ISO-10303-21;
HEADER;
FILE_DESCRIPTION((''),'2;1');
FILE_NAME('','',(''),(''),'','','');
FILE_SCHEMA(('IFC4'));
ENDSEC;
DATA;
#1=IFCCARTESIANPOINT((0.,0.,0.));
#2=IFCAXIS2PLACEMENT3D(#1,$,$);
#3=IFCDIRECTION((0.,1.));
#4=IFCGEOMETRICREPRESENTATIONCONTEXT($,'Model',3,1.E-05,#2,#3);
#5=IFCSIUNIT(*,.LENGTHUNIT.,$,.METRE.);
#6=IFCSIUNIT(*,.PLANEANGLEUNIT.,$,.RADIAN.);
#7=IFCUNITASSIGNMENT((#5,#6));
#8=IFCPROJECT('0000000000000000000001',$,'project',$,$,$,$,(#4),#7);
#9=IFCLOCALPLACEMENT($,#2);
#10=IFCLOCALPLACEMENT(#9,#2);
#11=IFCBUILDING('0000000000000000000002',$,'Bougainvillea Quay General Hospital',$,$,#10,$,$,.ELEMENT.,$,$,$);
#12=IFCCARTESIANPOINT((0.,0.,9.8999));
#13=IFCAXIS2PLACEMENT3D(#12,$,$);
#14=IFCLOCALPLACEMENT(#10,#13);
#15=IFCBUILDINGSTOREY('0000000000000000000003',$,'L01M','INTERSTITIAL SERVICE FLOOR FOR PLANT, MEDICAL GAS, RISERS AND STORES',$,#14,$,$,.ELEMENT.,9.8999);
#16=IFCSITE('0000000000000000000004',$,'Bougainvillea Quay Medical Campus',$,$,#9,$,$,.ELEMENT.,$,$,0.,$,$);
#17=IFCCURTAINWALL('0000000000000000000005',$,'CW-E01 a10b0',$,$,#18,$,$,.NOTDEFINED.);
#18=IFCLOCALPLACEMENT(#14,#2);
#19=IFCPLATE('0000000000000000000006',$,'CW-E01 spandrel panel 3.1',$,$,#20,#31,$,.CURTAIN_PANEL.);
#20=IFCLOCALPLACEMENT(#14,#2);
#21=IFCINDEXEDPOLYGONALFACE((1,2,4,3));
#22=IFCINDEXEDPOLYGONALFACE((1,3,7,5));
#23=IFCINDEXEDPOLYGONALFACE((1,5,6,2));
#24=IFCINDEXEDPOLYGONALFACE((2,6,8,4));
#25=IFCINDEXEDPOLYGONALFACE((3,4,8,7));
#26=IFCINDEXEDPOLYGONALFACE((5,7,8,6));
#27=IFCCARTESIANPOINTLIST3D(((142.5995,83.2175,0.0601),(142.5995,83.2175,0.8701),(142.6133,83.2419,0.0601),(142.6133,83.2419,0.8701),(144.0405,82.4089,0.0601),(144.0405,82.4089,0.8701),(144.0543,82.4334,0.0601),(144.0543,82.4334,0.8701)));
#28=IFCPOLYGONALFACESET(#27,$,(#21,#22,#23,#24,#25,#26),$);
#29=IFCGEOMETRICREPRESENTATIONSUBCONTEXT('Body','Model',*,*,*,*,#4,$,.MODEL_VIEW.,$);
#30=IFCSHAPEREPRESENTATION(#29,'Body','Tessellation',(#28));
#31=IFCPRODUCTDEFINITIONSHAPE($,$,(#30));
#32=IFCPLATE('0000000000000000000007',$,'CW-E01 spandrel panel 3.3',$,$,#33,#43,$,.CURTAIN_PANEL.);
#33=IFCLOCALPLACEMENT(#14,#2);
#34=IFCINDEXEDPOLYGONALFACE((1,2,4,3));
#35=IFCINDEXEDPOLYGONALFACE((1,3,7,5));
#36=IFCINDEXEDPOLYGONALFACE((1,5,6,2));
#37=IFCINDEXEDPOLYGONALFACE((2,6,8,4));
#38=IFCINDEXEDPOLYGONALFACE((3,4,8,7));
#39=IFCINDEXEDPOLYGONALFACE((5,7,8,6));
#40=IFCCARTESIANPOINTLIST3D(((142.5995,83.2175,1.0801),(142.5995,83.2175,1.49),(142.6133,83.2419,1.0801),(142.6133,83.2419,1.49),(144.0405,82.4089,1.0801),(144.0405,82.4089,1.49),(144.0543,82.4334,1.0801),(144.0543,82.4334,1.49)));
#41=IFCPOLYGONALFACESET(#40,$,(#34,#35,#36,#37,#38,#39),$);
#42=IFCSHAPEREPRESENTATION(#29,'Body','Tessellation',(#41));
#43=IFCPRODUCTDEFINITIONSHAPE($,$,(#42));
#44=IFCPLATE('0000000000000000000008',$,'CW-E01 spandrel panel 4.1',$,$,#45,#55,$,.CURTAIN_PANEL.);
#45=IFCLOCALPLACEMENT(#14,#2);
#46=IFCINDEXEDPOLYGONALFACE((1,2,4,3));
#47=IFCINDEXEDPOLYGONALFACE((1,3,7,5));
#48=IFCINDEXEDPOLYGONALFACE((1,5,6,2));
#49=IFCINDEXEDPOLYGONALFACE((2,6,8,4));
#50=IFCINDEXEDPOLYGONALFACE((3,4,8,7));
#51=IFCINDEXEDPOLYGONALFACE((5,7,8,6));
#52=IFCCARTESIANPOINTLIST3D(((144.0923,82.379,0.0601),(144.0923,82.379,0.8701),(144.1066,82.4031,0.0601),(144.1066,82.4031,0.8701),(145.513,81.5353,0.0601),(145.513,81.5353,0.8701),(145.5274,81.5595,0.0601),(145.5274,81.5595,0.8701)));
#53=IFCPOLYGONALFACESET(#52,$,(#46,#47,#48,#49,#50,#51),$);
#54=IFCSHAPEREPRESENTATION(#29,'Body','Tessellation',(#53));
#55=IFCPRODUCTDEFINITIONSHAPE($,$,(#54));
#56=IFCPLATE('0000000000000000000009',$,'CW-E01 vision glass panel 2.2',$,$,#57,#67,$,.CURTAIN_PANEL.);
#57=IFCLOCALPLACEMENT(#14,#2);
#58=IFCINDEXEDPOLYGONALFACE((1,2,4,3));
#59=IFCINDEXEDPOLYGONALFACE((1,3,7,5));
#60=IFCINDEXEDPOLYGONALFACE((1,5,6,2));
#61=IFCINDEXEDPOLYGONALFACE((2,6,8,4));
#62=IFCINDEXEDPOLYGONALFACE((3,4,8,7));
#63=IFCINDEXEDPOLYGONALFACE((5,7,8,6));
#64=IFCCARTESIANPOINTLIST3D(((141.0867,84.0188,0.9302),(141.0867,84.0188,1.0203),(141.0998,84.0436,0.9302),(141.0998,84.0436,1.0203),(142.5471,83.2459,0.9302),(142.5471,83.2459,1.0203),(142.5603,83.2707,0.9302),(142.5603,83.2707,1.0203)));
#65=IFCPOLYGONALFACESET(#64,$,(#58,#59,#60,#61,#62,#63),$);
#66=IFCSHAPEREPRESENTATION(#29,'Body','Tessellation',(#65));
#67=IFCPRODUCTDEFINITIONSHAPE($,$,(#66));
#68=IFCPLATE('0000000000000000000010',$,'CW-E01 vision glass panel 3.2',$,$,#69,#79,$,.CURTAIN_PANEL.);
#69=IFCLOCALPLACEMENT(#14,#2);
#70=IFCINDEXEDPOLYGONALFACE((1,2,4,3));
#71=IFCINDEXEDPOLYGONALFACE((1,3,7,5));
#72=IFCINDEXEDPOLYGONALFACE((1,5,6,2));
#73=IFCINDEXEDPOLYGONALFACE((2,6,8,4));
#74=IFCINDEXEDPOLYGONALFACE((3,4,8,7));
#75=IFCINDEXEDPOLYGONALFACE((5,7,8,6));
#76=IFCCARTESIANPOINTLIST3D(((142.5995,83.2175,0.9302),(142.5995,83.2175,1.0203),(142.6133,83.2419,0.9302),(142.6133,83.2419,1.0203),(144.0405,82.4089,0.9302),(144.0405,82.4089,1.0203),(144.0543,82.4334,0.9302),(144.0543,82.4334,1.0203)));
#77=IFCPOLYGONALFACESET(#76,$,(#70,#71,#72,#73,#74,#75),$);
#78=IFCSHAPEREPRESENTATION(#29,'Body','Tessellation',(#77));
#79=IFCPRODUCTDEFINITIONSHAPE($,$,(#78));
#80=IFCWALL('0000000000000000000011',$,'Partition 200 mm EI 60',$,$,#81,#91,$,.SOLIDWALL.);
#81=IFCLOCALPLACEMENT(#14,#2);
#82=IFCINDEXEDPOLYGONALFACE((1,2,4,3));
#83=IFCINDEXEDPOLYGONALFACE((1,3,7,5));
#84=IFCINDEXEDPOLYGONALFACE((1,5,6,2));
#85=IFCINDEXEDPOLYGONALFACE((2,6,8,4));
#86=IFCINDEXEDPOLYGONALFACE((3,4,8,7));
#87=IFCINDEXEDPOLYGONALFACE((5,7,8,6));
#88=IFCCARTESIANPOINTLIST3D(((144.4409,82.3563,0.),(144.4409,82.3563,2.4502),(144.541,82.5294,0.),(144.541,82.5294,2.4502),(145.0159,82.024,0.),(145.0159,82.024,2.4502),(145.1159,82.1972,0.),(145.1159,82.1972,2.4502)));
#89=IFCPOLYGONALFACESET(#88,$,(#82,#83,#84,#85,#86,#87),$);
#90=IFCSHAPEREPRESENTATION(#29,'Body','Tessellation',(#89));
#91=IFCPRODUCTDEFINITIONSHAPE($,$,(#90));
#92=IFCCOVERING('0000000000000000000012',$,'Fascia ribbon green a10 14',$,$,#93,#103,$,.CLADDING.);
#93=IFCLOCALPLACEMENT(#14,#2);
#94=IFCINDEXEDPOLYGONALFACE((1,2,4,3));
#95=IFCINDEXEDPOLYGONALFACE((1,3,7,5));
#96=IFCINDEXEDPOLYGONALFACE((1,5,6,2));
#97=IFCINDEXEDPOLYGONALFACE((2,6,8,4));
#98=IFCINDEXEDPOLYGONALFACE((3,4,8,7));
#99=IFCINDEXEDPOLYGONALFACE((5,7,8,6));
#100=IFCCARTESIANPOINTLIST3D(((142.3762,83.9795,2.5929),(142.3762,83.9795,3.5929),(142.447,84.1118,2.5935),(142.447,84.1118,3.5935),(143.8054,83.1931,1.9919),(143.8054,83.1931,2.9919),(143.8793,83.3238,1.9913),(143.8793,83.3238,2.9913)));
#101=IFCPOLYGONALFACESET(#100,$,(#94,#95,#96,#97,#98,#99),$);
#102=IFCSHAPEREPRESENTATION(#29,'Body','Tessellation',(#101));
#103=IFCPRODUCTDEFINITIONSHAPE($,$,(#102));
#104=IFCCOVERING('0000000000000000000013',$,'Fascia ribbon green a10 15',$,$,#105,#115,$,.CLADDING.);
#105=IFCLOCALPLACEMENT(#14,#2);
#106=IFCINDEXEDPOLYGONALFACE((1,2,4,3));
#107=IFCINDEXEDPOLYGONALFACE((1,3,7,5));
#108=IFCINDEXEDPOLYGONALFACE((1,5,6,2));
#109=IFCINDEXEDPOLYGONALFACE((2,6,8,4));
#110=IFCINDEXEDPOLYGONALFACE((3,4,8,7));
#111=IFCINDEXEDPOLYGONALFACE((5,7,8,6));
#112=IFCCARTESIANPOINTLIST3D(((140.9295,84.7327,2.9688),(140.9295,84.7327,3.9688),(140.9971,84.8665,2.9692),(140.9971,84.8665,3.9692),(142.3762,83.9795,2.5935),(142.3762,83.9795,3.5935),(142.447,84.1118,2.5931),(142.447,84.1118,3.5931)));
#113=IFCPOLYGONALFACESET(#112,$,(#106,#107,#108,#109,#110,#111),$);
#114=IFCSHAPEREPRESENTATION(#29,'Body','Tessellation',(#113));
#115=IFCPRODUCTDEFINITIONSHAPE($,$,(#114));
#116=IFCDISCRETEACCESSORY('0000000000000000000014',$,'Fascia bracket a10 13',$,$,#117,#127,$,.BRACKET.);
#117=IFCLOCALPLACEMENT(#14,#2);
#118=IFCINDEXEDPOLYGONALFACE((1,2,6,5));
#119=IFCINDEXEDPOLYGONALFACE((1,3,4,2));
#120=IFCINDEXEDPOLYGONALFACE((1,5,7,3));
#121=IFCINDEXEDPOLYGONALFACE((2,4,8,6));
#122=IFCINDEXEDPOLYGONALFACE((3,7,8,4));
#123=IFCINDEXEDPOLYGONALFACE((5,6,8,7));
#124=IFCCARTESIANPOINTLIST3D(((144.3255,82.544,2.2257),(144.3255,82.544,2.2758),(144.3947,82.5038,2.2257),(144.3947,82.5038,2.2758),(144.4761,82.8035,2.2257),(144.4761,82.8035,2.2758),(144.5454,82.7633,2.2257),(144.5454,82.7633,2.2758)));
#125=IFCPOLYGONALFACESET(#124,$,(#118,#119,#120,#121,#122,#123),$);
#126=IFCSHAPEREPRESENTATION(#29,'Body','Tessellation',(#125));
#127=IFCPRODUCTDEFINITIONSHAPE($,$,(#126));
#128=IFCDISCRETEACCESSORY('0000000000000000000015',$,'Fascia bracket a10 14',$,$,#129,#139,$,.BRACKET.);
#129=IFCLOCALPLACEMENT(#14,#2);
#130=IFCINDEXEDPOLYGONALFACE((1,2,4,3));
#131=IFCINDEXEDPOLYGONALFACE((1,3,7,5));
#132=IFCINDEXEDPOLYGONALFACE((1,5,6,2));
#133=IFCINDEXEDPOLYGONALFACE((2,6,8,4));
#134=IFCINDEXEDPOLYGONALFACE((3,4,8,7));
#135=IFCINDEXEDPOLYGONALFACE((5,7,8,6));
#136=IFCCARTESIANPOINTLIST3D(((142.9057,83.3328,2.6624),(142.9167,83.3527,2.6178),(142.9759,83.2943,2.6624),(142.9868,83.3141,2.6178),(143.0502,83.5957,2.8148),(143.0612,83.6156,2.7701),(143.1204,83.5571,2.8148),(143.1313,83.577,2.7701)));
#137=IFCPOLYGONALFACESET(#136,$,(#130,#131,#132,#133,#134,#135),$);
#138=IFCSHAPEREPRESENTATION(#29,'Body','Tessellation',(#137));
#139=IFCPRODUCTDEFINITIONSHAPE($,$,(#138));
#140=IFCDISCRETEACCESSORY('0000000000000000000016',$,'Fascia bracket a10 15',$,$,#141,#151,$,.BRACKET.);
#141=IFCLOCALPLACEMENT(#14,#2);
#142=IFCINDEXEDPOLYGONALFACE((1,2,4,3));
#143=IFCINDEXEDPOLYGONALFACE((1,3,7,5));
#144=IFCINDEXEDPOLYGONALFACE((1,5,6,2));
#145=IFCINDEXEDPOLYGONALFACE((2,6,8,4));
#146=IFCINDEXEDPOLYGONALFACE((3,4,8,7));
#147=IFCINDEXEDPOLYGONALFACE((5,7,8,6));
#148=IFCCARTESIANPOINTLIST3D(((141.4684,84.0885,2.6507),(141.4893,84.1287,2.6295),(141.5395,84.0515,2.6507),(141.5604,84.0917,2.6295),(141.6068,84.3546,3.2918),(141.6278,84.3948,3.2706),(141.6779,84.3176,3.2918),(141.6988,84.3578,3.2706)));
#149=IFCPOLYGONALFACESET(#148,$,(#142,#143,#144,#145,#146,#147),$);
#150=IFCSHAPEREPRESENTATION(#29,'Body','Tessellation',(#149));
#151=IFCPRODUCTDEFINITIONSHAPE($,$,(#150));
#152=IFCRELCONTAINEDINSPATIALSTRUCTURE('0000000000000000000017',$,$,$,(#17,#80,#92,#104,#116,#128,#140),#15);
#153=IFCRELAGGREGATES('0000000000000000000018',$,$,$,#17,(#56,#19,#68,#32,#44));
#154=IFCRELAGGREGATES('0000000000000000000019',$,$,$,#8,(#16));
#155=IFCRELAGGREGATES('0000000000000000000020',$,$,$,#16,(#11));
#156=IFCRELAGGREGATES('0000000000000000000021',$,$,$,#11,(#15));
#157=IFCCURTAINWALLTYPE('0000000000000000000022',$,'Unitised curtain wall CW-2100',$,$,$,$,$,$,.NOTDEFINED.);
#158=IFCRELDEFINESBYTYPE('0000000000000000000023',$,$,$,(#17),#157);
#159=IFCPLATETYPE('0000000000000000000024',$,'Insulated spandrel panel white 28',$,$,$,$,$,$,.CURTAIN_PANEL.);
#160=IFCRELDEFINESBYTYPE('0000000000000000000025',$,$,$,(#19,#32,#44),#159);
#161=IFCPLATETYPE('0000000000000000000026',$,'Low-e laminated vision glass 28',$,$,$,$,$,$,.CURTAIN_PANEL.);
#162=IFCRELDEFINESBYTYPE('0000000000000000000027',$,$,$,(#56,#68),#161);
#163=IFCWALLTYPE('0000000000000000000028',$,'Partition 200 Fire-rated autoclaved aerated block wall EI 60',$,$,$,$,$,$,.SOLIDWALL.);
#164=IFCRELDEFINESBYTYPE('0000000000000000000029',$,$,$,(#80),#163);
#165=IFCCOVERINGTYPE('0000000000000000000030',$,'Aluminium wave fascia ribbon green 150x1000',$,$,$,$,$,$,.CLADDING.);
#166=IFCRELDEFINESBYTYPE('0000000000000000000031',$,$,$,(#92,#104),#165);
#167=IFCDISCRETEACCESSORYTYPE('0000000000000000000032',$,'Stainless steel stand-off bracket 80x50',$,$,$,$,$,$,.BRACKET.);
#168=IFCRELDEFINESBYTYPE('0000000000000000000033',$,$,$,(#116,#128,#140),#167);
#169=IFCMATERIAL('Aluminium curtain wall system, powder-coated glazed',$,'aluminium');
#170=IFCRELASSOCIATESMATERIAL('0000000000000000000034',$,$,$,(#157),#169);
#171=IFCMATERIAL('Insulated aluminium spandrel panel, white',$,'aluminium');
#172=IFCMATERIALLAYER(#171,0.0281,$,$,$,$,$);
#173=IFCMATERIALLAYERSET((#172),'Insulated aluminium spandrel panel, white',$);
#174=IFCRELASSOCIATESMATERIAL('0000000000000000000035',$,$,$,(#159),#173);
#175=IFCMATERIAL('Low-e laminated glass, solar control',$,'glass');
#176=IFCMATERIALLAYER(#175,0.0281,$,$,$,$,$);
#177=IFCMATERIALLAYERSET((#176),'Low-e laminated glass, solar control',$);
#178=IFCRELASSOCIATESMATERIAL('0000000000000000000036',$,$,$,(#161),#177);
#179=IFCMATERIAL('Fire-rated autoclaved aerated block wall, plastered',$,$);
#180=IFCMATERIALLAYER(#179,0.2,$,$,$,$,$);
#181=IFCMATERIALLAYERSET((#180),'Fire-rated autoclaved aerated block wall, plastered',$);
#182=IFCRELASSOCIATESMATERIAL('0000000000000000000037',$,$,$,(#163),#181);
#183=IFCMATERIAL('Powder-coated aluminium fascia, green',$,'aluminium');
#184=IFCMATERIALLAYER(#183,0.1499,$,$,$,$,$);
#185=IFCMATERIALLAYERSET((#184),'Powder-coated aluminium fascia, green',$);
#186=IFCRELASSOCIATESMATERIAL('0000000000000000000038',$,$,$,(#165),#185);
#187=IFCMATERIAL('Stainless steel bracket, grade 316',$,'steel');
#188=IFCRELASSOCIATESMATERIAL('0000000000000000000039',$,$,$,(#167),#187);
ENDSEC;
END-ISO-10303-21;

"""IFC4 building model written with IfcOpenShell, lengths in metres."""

from ifc_helpers import new_model, si_unit, direction, frame, frame_2d, origin, origin_2d, place, context, subcontext, project, spatial, polyline, rectangle, outline, extrude, material, layer, layer_set, material_profile, profile_set, type_object, element, aggregate, save


model = new_model("IFC4")

# Units and contexts
model_context = context("Model", 3, precision=1e-05, world=origin(), true_north=direction((0.0, 1.0)))
body_context = subcontext(model_context, "Body", "Model", "MODEL_VIEW")
ifc_project = project(units=[si_unit("LENGTHUNIT", "METRE"), si_unit("PLANEANGLEUNIT", "RADIAN")], contexts=[model_context])

# Site, building, storey
site_placement = place(None, origin())
site = spatial("IfcSite", under=ifc_project, at=site_placement, Name="Bougainvillea Quay Medical Campus", CompositionType="ELEMENT", RefElevation=0.0)
building_placement = place(site_placement, origin())
building = spatial("IfcBuilding", under=site, at=building_placement, Name="Bougainvillea Quay General Hospital", CompositionType="ELEMENT")
storey_placement = place(building_placement, frame((0.0, 0.0, 9.8999)))
storey = spatial("IfcBuildingStorey", under=building, at=storey_placement, Name="L01M", Description="INTERSTITIAL SERVICE FLOOR FOR PLANT, MEDICAL GAS, RISERS AND STORES", CompositionType="ELEMENT", Elevation=9.8999)

# Curtain wall, plates
ifc_material_1 = material(Name="Aluminium curtain wall system, powder-coated glazed", Category="aluminium")
curtain_wall_type = type_object("IfcCurtainWallType", Name="Unitised curtain wall CW-2100", PredefinedType="NOTDEFINED", material=ifc_material_1)
curtain_wall_placement = place(storey_placement, origin())
curtain_wall = element("IfcCurtainWall", 1, at=curtain_wall_placement, inside=storey, type_object=curtain_wall_type, Name="CW-E01 a10b0", PredefinedType="NOTDEFINED")
ifc_material_2 = material(Name="Insulated aluminium spandrel panel, white", Category="aluminium")
ifc_layer_1 = layer(ifc_material_2, 0.0281)
ifc_layer_set_1 = layer_set([ifc_layer_1], Name="Insulated aluminium spandrel panel, white")
plate_type_1 = type_object("IfcPlateType", Name="Insulated spandrel panel white 28", PredefinedType="CURTAIN_PANEL", material=ifc_layer_set_1)
plate_1_placement = place(storey_placement, frame((143.3269, 82.8254, 0.0601), z_axis=(0.0, 0.0, 1.0), x_axis=(0.87211, -0.48931, 0.0)))
plate_1 = element("IfcPlate", 2, at=plate_1_placement, type_object=plate_type_1, Name="CW-E01 spandrel panel 3.1", PredefinedType="CURTAIN_PANEL", context=body_context, shape_type="SweptSolid", body=[
    extrude(rectangle(XDim=1.6523, YDim=0.0281, at=origin_2d()), origin(), (0.0, 0.0, 1.0), 0.8101),
])
plate_2_placement = place(storey_placement, frame((143.3269, 82.8254, 1.0801), z_axis=(0.0, 0.0, 1.0), x_axis=(0.87211, -0.48931, 0.0)))
plate_2 = element("IfcPlate", 3, at=plate_2_placement, type_object=plate_type_1, Name="CW-E01 spandrel panel 3.3", PredefinedType="CURTAIN_PANEL", context=body_context, shape_type="SweptSolid", body=[
    extrude(rectangle(XDim=1.6523, YDim=0.0281, at=origin_2d()), origin(), (0.0, 0.0, 1.0), 0.4099),
])
plate_3_placement = place(storey_placement, frame((144.8098, 81.9692, 0.0601), z_axis=(0.0, 0.0, 1.0), x_axis=(0.859835, -0.510572, 0.0)))
plate_3 = element("IfcPlate", 4, at=plate_3_placement, type_object=plate_type_1, Name="CW-E01 spandrel panel 4.1", PredefinedType="CURTAIN_PANEL", context=body_context, shape_type="SweptSolid", body=[
    extrude(rectangle(XDim=1.6523, YDim=0.0281, at=origin_2d()), origin(), (0.0, 0.0, 1.0), 0.8101),
])
ifc_material_3 = material(Name="Low-e laminated glass, solar control", Category="glass")
ifc_layer_2 = layer(ifc_material_3, 0.0281)
ifc_layer_set_2 = layer_set([ifc_layer_2], Name="Low-e laminated glass, solar control")
plate_type_2 = type_object("IfcPlateType", Name="Low-e laminated vision glass 28", PredefinedType="CURTAIN_PANEL", material=ifc_layer_set_2)
plate_4_placement = place(storey_placement, frame((141.8235, 83.6448, 0.9302), z_axis=(0.0, 0.0, 1.0), x_axis=(0.883859, -0.467753, 0.0)))
plate_4 = element("IfcPlate", 5, at=plate_4_placement, type_object=plate_type_2, Name="CW-E01 vision glass panel 2.2", PredefinedType="CURTAIN_PANEL", context=body_context, shape_type="SweptSolid", body=[
    extrude(rectangle(XDim=1.6523, YDim=0.0281, at=origin_2d()), origin(), (0.0, 0.0, 1.0), 0.0901),
])
plate_5_placement = place(storey_placement, frame((143.3269, 82.8254, 0.9302), z_axis=(0.0, 0.0, 1.0), x_axis=(0.87211, -0.48931, 0.0)))
plate_5 = element("IfcPlate", 6, at=plate_5_placement, type_object=plate_type_2, Name="CW-E01 vision glass panel 3.2", PredefinedType="CURTAIN_PANEL", context=body_context, shape_type="SweptSolid", body=[
    extrude(rectangle(XDim=1.6523, YDim=0.0281, at=origin_2d()), origin(), (0.0, 0.0, 1.0), 0.0901),
])
aggregate(curtain_wall, [plate_4, plate_1, plate_5, plate_2, plate_3])

# Wall
ifc_material_4 = material(Name="Fire-rated autoclaved aerated block wall, plastered")
ifc_layer_3 = layer(ifc_material_4, 0.2)
ifc_layer_set_3 = layer_set([ifc_layer_3], Name="Fire-rated autoclaved aerated block wall, plastered")
wall_type = type_object("IfcWallType", Name="Partition 200 Fire-rated autoclaved aerated block wall EI 60", PredefinedType="SOLIDWALL", material=ifc_layer_set_3)
wall_placement = place(storey_placement, frame((144.491, 82.4429, 0.0), z_axis=(0.0, 0.0, 1.0), x_axis=(0.865812, -0.500369, 0.0)))
element("IfcWall", 7, at=wall_placement, inside=storey, type_object=wall_type, Name="Partition 200 mm EI 60", PredefinedType="SOLIDWALL", context=body_context, shape_type="SweptSolid", body=[
    extrude(rectangle(XDim=0.6641, YDim=0.2, at=frame_2d((0.332, 0.0))), origin(), (0.0, 0.0, 1.0), 2.4502),
])

# Coverings
ifc_material_5 = material(Name="Powder-coated aluminium fascia, green", Category="aluminium")
ifc_layer_4 = layer(ifc_material_5, 0.1499)
ifc_layer_set_4 = layer_set([ifc_layer_4], Name="Powder-coated aluminium fascia, green")
covering_type = type_object("IfcCoveringType", Name="Aluminium wave fascia ribbon green 150x1000", PredefinedType="CLADDING", material=ifc_layer_set_4)
covering_1_placement = place(storey_placement, frame((143.8054, 83.1931, 1.9919), z_axis=(0.302795, -0.16672, 0.93836), x_axis=(-0.822129, 0.452353, 0.345659)))
element("IfcCovering", 8, at=covering_1_placement, inside=storey, type_object=covering_type, Name="Fascia ribbon green a10 14", PredefinedType="CLADDING", context=body_context, shape_type="SweptSolid", body=[
    extrude(outline(polyline([(0.0, 0.0), (1.7385, 0.0), (1.7403, -0.1501), (-0.0019, -0.1501), (0.0, 0.0)])), origin(), (0.345659, -0.000095, 0.93836), 1.0),
])
covering_2_placement = place(storey_placement, frame((142.3762, 83.9795, 2.5935), z_axis=(0.198944, -0.103487, 0.974532), x_axis=(-0.864413, 0.450002, 0.224251)))
element("IfcCovering", 9, at=covering_2_placement, inside=storey, type_object=covering_type, Name="Fascia ribbon green a10 15", PredefinedType="CLADDING", context=body_context, shape_type="SweptSolid", body=[
    extrude(outline(polyline([(0.0, 0.0), (1.6737, 0.0), (1.6755, -0.1499), (-0.0018, -0.1501), (0.0, 0.0)])), origin(), (0.224251, 0.000069, 0.974532), 1.0),
])

# Discrete accessories
ifc_material_6 = material(Name="Stainless steel bracket, grade 316", Category="steel")
ifc_material_profile_1 = material_profile(ifc_material_6, rectangle(XDim=0.0801, YDim=0.05, at=origin_2d()))
ifc_profile_set_1 = profile_set([ifc_material_profile_1], Name="Stainless steel bracket, grade 316")
discrete_accessory_type = type_object("IfcDiscreteAccessoryType", Name="Stainless steel stand-off bracket 80x50", PredefinedType="BRACKET", material=ifc_profile_set_1)
discrete_accessory_1_placement = place(storey_placement, frame((144.3601, 82.5239, 2.2507), z_axis=(0.501998, 0.864869, 0.0), x_axis=(-0.864869, 0.501998, 0.0)))
element("IfcDiscreteAccessory", 10, at=discrete_accessory_1_placement, inside=storey, type_object=discrete_accessory_type, Name="Fascia bracket a10 13", PredefinedType="BRACKET", context=body_context, shape_type="SweptSolid", body=[
    extrude(rectangle(XDim=0.0801, YDim=0.05, at=origin_2d()), origin(), (0.0, 0.0, 1.0), 0.3),
])
discrete_accessory_2_placement = place(storey_placement, frame((142.9463, 83.3235, 2.6401), z_axis=(0.429508, 0.781385, 0.452725), x_axis=(-0.876336, 0.4817, 0.0)))
element("IfcDiscreteAccessory", 11, at=discrete_accessory_2_placement, inside=storey, type_object=discrete_accessory_type, Name="Fascia bracket a10 14", PredefinedType="BRACKET", context=body_context, shape_type="SweptSolid", body=[
    extrude(rectangle(XDim=0.0801, YDim=0.05, at=origin_2d()), origin(), (0.0, 0.0, 1.0), 0.3364),
])
discrete_accessory_3_placement = place(storey_placement, frame((141.5144, 84.0901, 2.6401), z_axis=(0.19557, 0.375963, 0.905761), x_axis=(-0.88715, 0.461481, 0.0)))
element("IfcDiscreteAccessory", 12, at=discrete_accessory_3_placement, inside=storey, type_object=discrete_accessory_type, Name="Fascia bracket a10 15", PredefinedType="BRACKET", context=body_context, shape_type="SweptSolid", body=[
    extrude(rectangle(XDim=0.0801, YDim=0.05, at=origin_2d()), origin(), (0.0, 0.0, 1.0), 0.7078),
])

save(model, "model.ifc")
